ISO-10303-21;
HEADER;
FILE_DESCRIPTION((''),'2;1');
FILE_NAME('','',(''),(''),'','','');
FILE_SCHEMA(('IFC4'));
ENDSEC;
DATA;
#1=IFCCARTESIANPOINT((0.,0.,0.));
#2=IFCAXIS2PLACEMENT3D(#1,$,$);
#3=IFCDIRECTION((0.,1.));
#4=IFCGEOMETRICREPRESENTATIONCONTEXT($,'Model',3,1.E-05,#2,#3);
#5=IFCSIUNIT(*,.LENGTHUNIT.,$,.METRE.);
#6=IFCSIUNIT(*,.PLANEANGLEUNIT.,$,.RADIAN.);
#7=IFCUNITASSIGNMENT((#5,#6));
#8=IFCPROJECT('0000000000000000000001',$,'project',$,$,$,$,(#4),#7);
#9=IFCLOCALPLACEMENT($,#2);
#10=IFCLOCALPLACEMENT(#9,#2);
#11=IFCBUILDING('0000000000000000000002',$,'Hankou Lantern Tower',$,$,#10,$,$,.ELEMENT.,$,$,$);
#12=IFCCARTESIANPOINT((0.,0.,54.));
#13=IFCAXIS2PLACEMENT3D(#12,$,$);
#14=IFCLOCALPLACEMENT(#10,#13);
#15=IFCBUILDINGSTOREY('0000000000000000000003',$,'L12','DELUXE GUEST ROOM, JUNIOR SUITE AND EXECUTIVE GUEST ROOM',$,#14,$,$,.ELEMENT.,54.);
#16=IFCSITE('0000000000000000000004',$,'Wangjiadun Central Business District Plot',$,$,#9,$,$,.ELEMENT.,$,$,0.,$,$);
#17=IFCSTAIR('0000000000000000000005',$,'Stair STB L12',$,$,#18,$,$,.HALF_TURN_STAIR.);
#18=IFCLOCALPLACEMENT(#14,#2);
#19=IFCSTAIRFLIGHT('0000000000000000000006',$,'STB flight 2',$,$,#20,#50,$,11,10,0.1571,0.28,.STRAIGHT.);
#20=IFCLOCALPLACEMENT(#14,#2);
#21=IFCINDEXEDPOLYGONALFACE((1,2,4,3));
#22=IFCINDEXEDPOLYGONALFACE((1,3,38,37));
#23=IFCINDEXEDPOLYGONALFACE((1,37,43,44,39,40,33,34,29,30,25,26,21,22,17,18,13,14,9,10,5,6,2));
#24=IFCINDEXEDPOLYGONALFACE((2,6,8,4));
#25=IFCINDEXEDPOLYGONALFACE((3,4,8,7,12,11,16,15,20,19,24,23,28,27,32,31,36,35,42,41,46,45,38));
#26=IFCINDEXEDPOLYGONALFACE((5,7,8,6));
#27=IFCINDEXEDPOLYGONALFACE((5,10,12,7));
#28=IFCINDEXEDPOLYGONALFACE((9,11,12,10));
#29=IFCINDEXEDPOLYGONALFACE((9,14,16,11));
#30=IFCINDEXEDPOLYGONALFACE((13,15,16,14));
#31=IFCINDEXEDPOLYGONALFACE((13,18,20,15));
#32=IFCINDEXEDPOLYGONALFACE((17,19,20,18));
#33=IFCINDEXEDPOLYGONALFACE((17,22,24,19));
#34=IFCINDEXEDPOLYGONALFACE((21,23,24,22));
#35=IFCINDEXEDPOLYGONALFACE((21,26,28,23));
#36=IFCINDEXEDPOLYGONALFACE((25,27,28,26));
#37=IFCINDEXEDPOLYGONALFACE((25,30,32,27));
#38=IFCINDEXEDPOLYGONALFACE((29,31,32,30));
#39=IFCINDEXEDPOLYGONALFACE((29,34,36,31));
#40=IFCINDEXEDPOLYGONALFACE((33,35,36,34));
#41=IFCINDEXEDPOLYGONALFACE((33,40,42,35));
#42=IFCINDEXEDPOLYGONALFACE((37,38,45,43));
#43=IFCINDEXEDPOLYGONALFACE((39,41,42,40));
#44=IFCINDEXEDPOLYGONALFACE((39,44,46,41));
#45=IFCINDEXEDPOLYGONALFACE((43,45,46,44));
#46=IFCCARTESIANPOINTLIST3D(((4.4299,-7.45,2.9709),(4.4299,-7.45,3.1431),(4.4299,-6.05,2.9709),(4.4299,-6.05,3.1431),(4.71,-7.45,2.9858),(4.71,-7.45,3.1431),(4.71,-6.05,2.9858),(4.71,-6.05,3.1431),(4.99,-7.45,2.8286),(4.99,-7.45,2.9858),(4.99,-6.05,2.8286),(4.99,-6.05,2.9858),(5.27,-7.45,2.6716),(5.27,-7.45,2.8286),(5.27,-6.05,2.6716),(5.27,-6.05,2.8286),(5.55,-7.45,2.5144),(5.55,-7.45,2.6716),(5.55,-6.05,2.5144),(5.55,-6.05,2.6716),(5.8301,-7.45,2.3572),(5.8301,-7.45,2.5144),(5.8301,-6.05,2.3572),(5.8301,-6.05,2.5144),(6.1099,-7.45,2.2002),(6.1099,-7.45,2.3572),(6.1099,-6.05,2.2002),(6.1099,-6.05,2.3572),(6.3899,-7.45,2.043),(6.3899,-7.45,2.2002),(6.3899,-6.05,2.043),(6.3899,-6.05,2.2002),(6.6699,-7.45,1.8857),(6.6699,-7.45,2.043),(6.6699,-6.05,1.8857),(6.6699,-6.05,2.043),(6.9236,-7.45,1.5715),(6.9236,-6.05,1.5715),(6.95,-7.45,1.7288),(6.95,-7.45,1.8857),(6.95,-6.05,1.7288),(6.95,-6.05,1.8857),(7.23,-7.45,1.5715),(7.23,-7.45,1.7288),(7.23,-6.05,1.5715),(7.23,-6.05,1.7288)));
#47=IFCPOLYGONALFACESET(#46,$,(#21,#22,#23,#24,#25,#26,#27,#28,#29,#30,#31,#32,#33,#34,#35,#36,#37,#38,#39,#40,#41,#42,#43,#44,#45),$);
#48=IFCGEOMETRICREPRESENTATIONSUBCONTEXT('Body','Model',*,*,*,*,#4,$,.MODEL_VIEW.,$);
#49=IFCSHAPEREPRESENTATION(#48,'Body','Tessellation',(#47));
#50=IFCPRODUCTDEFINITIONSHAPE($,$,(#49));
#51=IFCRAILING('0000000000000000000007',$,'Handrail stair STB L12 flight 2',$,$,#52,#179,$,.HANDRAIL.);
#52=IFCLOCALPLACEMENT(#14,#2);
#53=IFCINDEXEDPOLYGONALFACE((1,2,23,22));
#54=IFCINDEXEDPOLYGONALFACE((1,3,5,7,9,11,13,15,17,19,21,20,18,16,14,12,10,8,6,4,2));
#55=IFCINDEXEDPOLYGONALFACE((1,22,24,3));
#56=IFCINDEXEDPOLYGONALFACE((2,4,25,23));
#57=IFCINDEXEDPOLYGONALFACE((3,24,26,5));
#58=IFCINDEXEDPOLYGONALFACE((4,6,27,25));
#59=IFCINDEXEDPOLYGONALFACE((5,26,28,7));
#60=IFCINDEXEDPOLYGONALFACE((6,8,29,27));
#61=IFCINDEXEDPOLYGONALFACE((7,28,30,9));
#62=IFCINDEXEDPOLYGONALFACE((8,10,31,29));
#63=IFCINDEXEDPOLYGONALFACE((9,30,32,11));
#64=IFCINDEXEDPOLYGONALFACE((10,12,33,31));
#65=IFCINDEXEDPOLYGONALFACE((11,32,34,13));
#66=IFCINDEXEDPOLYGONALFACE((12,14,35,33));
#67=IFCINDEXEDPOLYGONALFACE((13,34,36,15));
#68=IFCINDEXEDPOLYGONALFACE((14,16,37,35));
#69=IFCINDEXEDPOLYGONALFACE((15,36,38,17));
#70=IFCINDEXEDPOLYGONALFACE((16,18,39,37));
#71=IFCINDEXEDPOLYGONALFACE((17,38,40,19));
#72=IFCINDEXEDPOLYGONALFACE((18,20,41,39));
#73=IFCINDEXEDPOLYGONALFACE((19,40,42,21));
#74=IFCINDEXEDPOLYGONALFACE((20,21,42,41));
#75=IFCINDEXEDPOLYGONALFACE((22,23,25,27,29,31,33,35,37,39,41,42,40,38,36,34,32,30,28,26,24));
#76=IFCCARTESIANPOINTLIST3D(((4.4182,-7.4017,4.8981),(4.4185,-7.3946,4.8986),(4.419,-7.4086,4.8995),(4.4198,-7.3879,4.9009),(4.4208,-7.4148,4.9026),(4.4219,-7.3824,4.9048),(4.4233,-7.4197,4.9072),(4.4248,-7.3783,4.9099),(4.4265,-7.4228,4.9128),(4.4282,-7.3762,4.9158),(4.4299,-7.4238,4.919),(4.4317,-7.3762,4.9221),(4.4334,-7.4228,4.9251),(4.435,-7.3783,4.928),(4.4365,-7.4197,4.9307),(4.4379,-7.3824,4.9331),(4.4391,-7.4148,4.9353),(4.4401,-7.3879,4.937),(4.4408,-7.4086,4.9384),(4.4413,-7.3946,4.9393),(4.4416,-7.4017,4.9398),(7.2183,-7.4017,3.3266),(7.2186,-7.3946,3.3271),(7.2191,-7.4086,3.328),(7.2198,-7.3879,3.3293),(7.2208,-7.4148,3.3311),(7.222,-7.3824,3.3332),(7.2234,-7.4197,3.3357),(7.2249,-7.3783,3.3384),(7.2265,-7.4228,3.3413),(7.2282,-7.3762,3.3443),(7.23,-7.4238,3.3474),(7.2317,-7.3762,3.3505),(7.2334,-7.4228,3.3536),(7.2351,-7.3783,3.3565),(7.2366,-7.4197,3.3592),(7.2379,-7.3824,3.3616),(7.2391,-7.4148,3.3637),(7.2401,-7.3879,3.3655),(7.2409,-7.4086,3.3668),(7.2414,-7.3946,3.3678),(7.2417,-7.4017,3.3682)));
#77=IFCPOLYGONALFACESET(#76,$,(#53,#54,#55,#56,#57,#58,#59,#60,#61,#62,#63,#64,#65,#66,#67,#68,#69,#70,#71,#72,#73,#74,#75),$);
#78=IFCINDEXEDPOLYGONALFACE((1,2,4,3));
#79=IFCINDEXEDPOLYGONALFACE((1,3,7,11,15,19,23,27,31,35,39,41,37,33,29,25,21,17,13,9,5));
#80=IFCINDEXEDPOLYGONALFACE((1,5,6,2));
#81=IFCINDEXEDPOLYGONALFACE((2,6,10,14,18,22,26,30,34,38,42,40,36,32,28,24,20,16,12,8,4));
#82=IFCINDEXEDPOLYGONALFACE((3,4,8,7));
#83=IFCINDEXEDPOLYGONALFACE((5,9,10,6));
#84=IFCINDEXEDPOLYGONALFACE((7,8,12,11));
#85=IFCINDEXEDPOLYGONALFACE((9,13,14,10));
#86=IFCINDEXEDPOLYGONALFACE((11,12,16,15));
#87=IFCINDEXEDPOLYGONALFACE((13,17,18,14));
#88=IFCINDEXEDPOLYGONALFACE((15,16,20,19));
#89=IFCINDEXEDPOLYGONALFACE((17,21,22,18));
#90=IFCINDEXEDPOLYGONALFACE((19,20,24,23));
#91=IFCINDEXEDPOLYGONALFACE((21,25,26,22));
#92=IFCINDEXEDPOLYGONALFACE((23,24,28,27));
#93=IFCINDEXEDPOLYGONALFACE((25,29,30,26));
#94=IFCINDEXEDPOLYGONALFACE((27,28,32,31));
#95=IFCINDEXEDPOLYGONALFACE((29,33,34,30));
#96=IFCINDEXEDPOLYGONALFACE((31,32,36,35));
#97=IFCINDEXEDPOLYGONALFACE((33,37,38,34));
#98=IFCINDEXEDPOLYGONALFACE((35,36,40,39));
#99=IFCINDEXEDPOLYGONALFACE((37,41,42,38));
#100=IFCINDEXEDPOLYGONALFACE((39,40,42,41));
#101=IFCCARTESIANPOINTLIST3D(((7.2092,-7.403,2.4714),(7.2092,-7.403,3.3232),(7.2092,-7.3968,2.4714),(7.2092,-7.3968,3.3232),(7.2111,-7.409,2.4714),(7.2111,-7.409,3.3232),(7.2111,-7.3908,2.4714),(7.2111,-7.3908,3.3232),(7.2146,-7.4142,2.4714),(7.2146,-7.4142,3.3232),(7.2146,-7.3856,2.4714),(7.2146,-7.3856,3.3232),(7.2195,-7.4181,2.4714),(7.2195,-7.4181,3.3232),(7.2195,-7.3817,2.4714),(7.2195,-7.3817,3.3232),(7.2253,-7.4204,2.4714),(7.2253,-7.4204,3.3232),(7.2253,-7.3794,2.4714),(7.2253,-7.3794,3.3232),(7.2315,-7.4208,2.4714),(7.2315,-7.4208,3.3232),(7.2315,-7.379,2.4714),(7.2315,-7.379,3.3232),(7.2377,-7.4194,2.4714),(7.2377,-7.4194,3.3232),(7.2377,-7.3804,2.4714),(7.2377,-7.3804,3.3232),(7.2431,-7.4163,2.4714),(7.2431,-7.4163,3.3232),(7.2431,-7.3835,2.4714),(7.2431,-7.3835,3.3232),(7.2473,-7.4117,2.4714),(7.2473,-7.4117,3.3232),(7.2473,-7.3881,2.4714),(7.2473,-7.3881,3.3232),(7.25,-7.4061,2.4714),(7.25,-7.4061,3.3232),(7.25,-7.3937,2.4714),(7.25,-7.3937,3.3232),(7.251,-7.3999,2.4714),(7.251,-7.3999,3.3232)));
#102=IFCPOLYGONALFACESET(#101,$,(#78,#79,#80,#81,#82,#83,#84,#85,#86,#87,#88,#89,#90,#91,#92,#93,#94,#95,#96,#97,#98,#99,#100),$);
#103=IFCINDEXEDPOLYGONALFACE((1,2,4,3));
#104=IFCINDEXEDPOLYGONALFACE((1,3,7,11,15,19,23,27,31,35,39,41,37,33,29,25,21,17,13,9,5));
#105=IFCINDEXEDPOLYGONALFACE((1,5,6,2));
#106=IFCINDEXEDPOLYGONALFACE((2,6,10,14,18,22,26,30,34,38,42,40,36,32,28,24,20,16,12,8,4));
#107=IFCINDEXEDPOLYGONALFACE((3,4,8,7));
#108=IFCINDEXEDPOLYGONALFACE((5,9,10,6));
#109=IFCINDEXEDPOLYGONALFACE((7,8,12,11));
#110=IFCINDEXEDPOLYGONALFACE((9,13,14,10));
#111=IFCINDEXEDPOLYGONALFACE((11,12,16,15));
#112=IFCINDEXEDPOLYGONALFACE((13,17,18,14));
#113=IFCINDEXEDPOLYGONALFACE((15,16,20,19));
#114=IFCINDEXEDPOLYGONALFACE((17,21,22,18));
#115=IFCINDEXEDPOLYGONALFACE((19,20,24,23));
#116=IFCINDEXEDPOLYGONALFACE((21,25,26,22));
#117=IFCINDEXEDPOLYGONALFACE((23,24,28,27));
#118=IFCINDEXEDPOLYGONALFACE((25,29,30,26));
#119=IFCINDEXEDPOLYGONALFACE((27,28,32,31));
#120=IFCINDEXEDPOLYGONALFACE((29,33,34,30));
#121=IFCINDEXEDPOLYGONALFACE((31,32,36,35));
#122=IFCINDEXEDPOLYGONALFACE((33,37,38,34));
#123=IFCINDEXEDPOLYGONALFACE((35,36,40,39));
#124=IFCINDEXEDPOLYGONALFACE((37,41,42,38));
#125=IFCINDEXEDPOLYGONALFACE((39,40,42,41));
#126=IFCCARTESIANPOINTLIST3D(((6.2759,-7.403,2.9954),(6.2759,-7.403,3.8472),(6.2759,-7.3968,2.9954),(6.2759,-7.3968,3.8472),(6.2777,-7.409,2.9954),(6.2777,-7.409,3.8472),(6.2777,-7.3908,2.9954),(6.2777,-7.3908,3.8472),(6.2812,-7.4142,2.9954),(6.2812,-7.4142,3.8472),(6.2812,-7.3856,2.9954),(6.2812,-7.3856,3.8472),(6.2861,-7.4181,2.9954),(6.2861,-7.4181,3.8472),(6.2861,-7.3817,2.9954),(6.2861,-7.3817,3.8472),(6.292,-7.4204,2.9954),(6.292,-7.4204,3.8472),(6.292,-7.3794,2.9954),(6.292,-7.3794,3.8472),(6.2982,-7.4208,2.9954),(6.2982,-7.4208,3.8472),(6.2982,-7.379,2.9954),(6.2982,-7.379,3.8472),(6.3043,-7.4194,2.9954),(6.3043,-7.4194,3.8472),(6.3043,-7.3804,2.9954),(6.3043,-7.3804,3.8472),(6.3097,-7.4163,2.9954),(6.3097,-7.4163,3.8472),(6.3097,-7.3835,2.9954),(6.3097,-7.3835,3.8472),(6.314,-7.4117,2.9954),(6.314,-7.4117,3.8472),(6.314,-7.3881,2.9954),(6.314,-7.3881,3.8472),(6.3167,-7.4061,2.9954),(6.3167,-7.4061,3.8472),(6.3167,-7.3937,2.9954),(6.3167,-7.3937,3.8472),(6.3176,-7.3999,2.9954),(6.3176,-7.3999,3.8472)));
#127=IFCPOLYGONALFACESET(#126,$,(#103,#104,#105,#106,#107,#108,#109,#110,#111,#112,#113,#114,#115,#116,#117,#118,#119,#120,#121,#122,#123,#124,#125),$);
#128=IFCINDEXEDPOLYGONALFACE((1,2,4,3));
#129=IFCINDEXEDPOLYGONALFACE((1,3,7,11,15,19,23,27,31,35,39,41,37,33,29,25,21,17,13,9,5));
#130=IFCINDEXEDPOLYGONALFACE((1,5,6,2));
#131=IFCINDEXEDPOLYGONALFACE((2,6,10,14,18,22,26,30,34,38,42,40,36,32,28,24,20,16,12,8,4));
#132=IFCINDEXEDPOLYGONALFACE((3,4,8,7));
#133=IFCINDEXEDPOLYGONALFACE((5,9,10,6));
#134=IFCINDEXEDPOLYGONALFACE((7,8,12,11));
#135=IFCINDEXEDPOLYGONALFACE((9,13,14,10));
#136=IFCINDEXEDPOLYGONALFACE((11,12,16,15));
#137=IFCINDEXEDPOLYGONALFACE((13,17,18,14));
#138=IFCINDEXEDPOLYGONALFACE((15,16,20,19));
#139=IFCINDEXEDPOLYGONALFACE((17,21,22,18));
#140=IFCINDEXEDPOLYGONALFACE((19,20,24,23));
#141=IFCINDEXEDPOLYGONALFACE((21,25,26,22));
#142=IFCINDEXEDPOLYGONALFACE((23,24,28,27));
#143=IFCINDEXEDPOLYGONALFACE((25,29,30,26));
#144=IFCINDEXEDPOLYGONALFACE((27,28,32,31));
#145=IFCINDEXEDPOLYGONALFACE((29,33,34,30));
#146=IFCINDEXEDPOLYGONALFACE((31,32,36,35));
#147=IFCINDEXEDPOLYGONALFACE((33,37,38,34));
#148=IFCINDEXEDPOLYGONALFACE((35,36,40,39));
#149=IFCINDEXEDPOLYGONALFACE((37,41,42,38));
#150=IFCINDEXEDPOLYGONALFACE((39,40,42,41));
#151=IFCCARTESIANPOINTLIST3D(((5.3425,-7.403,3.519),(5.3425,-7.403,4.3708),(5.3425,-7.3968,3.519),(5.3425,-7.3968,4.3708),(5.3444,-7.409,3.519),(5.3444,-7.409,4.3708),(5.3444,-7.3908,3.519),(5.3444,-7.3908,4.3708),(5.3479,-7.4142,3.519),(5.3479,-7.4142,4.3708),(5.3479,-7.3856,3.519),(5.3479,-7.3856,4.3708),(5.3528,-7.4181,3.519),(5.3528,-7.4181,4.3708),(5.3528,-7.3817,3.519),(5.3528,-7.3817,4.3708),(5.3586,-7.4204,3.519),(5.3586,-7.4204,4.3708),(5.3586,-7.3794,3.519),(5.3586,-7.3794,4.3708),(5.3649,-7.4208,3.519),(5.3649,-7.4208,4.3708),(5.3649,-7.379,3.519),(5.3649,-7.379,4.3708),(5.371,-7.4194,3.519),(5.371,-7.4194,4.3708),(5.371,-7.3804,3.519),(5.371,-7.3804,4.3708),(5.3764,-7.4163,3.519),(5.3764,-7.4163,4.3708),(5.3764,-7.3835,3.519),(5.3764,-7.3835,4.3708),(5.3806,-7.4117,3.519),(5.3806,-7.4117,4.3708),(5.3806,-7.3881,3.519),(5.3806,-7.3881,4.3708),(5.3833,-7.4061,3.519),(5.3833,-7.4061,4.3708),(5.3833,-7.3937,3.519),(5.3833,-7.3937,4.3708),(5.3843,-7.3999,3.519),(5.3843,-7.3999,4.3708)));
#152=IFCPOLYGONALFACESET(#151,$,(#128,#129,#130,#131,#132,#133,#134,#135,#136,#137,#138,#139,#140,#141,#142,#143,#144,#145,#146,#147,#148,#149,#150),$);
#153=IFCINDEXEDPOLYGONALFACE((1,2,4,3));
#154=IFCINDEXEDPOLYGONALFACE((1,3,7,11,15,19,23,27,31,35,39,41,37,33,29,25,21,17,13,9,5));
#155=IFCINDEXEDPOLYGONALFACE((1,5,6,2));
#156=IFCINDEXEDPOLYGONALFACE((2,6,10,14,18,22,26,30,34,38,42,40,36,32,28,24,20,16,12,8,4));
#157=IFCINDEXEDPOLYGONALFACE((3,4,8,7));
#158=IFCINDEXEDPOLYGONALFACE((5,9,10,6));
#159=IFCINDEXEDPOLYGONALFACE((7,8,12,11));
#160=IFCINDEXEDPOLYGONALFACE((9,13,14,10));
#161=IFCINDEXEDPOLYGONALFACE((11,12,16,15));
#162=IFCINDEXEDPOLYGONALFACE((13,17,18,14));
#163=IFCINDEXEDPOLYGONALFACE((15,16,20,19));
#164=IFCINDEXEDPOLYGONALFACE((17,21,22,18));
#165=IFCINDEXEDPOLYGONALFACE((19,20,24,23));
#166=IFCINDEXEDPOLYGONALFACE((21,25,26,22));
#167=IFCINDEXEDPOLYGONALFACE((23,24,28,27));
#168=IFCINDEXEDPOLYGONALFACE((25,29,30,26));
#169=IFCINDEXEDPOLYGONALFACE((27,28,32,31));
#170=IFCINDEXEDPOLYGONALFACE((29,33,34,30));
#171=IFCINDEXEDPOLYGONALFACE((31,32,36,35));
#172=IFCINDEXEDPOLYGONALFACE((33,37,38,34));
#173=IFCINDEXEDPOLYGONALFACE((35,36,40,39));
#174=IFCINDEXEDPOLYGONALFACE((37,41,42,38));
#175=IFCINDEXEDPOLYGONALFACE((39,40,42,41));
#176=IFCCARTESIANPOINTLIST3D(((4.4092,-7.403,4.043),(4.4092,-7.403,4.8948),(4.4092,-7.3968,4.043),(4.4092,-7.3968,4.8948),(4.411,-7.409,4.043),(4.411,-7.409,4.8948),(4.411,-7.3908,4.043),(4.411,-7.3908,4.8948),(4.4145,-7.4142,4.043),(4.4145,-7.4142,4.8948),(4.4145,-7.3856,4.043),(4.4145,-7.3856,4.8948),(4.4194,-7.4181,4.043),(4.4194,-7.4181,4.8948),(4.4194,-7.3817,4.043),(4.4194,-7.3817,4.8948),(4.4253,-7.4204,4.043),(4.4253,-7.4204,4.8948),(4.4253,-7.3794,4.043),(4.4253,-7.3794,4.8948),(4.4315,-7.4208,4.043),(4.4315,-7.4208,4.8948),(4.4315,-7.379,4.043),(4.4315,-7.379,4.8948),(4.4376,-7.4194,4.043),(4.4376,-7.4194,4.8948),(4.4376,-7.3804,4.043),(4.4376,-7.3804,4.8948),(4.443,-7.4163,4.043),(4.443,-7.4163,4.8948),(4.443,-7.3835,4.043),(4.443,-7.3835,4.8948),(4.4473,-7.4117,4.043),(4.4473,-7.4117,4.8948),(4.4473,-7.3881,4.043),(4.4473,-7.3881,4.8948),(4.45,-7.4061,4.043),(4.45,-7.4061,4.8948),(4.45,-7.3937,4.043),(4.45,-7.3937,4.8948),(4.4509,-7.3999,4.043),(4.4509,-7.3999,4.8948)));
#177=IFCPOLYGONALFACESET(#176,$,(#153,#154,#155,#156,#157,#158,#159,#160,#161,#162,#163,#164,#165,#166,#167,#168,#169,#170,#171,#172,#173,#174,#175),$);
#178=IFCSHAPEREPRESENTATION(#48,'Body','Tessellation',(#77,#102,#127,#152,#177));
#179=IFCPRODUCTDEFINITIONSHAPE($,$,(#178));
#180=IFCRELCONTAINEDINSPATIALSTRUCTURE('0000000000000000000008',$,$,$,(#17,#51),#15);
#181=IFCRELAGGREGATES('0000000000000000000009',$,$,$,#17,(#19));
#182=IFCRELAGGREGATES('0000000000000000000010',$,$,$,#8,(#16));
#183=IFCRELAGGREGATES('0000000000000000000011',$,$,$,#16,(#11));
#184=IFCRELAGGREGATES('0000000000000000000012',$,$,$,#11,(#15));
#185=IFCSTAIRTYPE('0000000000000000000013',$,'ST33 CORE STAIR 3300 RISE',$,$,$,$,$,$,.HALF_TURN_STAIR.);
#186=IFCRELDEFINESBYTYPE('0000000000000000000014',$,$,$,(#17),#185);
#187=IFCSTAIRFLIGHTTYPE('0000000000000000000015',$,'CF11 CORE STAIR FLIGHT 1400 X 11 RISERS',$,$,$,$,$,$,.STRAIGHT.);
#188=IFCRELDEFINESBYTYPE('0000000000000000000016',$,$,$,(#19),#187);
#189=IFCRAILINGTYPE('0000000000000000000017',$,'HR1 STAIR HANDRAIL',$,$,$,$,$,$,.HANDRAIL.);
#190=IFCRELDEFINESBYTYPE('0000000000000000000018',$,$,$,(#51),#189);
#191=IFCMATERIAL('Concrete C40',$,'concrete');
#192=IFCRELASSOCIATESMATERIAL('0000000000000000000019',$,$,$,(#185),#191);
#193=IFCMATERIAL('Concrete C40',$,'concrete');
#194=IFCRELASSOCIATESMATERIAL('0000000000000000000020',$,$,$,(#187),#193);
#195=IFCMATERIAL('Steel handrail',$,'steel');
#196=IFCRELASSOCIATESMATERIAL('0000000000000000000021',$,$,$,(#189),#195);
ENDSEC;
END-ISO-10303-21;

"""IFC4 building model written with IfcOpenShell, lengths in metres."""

from ifc_helpers import new_model, si_unit, direction, frame, origin, origin_2d, place, context, subcontext, project, spatial, polyline, circle, outline, extrude, material, type_object, element, aggregate, save


model = new_model("IFC4")

# Units and contexts
model_context = context("Model", 3, precision=1e-05, world=origin(), true_north=direction((0.0, 1.0)))
body_context = subcontext(model_context, "Body", "Model", "MODEL_VIEW")
ifc_project = project(units=[si_unit("LENGTHUNIT", "METRE"), si_unit("PLANEANGLEUNIT", "RADIAN")], contexts=[model_context])

# Site, building, storey
site_placement = place(None, origin())
site = spatial("IfcSite", under=ifc_project, at=site_placement, Name="Wangjiadun Central Business District Plot", CompositionType="ELEMENT", RefElevation=0.0)
building_placement = place(site_placement, origin())
building = spatial("IfcBuilding", under=site, at=building_placement, Name="Hankou Lantern Tower", CompositionType="ELEMENT")
storey_placement = place(building_placement, frame((0.0, 0.0, 54.0)))
storey = spatial("IfcBuildingStorey", under=building, at=storey_placement, Name="L12", Description="DELUXE GUEST ROOM, JUNIOR SUITE AND EXECUTIVE GUEST ROOM", CompositionType="ELEMENT", Elevation=54.0)

# Stair, stair flight
ifc_material_1 = material(Name="Concrete C40", Category="concrete")
stair_type = type_object("IfcStairType", Name="ST33 CORE STAIR 3300 RISE", PredefinedType="HALF_TURN_STAIR", material=ifc_material_1)
stair_placement = place(storey_placement, origin())
stair = element("IfcStair", 1, at=stair_placement, inside=storey, type_object=stair_type, Name="Stair STB L12", PredefinedType="HALF_TURN_STAIR")
ifc_material_2 = material(Name="Concrete C40", Category="concrete")
stair_flight_type_1 = type_object("IfcStairFlightType", Name="CF11 CORE STAIR FLIGHT 1400 X 11 RISERS", PredefinedType="STRAIGHT", material=ifc_material_2)
stair_flight_1_placement = place(storey_placement, frame((7.23, -6.75, 1.5715), z_axis=(0.0, 0.0, 1.0), x_axis=(-1.0, 0.0, 0.0)))
stair_flight_1 = element("IfcStairFlight", 2, at=stair_flight_1_placement, type_object=stair_flight_type_1, Name="STB flight 2", NumberOfRisers=11, NumberOfTreads=10, PredefinedType="STRAIGHT", RiserHeight=0.1571, TreadLength=0.28, context=body_context, shape_type="SweptSolid", body=[
    extrude(outline(polyline([(0.0, 0.0), (0.0, 0.1572), (0.28, 0.1572), (0.28, 0.3142), (0.5601, 0.3142), (0.5601, 0.4714), (0.8401, 0.4714), (0.8401, 0.6287), (1.1201, 0.6287), (1.1201, 0.7856), (1.3999, 0.7856), (1.3999, 0.9429), (1.6799, 0.9429), (1.6799, 1.1001), (1.96, 1.1001), (1.96, 1.2571), (2.24, 1.2571), (2.24, 1.4143), (2.52, 1.4143), (2.52, 1.5715), (2.8, 1.5715), (2.8, 1.7285), (2.8, 1.3994), (0.3064, 0.0), (0.0, 0.0)])), frame((0.0, 0.7, 0.0), z_axis=(0.0, -1.0, 0.0), x_axis=(1.0, 0.0, 0.0)), (0.0, 0.0, 1.0), 1.3999),
])
aggregate(stair, [stair_flight_1])

# Railing
ifc_material_3 = material(Name="Steel handrail", Category="steel")
railing_type = type_object("IfcRailingType", Name="HR1 STAIR HANDRAIL", PredefinedType="HANDRAIL", material=ifc_material_3)
railing_placement = place(storey_placement, frame((7.23, -7.3999, 2.4714)))
element("IfcRailing", 3, at=railing_placement, inside=storey, type_object=railing_type, Name="Handrail stair STB L12 flight 2", PredefinedType="HANDRAIL", context=body_context, shape_type="SweptSolid", body=[
    extrude(circle(Radius=0.0239, at=origin_2d()), frame((0.0, 0.0, 0.876), z_axis=(-0.87204, 0.0, 0.489434), x_axis=(0.0, -1.0, 0.0)), (0.0, 0.0, 1.0), 3.2109),
    extrude(circle(Radius=0.021, at=origin_2d()), origin(), (0.0, 0.0, 1.0), 0.8518),
    extrude(circle(Radius=0.021, at=origin_2d()), frame((-0.9333, 0.0, 0.5239)), (0.0, 0.0, 1.0), 0.8518),
    extrude(circle(Radius=0.021, at=origin_2d()), frame((-1.8667, 0.0, 1.0476)), (0.0, 0.0, 1.0), 0.8518),
    extrude(circle(Radius=0.021, at=origin_2d()), frame((-2.8, 0.0, 1.5715)), (0.0, 0.0, 1.0), 0.8518),
])

save(model, "model.ifc")
